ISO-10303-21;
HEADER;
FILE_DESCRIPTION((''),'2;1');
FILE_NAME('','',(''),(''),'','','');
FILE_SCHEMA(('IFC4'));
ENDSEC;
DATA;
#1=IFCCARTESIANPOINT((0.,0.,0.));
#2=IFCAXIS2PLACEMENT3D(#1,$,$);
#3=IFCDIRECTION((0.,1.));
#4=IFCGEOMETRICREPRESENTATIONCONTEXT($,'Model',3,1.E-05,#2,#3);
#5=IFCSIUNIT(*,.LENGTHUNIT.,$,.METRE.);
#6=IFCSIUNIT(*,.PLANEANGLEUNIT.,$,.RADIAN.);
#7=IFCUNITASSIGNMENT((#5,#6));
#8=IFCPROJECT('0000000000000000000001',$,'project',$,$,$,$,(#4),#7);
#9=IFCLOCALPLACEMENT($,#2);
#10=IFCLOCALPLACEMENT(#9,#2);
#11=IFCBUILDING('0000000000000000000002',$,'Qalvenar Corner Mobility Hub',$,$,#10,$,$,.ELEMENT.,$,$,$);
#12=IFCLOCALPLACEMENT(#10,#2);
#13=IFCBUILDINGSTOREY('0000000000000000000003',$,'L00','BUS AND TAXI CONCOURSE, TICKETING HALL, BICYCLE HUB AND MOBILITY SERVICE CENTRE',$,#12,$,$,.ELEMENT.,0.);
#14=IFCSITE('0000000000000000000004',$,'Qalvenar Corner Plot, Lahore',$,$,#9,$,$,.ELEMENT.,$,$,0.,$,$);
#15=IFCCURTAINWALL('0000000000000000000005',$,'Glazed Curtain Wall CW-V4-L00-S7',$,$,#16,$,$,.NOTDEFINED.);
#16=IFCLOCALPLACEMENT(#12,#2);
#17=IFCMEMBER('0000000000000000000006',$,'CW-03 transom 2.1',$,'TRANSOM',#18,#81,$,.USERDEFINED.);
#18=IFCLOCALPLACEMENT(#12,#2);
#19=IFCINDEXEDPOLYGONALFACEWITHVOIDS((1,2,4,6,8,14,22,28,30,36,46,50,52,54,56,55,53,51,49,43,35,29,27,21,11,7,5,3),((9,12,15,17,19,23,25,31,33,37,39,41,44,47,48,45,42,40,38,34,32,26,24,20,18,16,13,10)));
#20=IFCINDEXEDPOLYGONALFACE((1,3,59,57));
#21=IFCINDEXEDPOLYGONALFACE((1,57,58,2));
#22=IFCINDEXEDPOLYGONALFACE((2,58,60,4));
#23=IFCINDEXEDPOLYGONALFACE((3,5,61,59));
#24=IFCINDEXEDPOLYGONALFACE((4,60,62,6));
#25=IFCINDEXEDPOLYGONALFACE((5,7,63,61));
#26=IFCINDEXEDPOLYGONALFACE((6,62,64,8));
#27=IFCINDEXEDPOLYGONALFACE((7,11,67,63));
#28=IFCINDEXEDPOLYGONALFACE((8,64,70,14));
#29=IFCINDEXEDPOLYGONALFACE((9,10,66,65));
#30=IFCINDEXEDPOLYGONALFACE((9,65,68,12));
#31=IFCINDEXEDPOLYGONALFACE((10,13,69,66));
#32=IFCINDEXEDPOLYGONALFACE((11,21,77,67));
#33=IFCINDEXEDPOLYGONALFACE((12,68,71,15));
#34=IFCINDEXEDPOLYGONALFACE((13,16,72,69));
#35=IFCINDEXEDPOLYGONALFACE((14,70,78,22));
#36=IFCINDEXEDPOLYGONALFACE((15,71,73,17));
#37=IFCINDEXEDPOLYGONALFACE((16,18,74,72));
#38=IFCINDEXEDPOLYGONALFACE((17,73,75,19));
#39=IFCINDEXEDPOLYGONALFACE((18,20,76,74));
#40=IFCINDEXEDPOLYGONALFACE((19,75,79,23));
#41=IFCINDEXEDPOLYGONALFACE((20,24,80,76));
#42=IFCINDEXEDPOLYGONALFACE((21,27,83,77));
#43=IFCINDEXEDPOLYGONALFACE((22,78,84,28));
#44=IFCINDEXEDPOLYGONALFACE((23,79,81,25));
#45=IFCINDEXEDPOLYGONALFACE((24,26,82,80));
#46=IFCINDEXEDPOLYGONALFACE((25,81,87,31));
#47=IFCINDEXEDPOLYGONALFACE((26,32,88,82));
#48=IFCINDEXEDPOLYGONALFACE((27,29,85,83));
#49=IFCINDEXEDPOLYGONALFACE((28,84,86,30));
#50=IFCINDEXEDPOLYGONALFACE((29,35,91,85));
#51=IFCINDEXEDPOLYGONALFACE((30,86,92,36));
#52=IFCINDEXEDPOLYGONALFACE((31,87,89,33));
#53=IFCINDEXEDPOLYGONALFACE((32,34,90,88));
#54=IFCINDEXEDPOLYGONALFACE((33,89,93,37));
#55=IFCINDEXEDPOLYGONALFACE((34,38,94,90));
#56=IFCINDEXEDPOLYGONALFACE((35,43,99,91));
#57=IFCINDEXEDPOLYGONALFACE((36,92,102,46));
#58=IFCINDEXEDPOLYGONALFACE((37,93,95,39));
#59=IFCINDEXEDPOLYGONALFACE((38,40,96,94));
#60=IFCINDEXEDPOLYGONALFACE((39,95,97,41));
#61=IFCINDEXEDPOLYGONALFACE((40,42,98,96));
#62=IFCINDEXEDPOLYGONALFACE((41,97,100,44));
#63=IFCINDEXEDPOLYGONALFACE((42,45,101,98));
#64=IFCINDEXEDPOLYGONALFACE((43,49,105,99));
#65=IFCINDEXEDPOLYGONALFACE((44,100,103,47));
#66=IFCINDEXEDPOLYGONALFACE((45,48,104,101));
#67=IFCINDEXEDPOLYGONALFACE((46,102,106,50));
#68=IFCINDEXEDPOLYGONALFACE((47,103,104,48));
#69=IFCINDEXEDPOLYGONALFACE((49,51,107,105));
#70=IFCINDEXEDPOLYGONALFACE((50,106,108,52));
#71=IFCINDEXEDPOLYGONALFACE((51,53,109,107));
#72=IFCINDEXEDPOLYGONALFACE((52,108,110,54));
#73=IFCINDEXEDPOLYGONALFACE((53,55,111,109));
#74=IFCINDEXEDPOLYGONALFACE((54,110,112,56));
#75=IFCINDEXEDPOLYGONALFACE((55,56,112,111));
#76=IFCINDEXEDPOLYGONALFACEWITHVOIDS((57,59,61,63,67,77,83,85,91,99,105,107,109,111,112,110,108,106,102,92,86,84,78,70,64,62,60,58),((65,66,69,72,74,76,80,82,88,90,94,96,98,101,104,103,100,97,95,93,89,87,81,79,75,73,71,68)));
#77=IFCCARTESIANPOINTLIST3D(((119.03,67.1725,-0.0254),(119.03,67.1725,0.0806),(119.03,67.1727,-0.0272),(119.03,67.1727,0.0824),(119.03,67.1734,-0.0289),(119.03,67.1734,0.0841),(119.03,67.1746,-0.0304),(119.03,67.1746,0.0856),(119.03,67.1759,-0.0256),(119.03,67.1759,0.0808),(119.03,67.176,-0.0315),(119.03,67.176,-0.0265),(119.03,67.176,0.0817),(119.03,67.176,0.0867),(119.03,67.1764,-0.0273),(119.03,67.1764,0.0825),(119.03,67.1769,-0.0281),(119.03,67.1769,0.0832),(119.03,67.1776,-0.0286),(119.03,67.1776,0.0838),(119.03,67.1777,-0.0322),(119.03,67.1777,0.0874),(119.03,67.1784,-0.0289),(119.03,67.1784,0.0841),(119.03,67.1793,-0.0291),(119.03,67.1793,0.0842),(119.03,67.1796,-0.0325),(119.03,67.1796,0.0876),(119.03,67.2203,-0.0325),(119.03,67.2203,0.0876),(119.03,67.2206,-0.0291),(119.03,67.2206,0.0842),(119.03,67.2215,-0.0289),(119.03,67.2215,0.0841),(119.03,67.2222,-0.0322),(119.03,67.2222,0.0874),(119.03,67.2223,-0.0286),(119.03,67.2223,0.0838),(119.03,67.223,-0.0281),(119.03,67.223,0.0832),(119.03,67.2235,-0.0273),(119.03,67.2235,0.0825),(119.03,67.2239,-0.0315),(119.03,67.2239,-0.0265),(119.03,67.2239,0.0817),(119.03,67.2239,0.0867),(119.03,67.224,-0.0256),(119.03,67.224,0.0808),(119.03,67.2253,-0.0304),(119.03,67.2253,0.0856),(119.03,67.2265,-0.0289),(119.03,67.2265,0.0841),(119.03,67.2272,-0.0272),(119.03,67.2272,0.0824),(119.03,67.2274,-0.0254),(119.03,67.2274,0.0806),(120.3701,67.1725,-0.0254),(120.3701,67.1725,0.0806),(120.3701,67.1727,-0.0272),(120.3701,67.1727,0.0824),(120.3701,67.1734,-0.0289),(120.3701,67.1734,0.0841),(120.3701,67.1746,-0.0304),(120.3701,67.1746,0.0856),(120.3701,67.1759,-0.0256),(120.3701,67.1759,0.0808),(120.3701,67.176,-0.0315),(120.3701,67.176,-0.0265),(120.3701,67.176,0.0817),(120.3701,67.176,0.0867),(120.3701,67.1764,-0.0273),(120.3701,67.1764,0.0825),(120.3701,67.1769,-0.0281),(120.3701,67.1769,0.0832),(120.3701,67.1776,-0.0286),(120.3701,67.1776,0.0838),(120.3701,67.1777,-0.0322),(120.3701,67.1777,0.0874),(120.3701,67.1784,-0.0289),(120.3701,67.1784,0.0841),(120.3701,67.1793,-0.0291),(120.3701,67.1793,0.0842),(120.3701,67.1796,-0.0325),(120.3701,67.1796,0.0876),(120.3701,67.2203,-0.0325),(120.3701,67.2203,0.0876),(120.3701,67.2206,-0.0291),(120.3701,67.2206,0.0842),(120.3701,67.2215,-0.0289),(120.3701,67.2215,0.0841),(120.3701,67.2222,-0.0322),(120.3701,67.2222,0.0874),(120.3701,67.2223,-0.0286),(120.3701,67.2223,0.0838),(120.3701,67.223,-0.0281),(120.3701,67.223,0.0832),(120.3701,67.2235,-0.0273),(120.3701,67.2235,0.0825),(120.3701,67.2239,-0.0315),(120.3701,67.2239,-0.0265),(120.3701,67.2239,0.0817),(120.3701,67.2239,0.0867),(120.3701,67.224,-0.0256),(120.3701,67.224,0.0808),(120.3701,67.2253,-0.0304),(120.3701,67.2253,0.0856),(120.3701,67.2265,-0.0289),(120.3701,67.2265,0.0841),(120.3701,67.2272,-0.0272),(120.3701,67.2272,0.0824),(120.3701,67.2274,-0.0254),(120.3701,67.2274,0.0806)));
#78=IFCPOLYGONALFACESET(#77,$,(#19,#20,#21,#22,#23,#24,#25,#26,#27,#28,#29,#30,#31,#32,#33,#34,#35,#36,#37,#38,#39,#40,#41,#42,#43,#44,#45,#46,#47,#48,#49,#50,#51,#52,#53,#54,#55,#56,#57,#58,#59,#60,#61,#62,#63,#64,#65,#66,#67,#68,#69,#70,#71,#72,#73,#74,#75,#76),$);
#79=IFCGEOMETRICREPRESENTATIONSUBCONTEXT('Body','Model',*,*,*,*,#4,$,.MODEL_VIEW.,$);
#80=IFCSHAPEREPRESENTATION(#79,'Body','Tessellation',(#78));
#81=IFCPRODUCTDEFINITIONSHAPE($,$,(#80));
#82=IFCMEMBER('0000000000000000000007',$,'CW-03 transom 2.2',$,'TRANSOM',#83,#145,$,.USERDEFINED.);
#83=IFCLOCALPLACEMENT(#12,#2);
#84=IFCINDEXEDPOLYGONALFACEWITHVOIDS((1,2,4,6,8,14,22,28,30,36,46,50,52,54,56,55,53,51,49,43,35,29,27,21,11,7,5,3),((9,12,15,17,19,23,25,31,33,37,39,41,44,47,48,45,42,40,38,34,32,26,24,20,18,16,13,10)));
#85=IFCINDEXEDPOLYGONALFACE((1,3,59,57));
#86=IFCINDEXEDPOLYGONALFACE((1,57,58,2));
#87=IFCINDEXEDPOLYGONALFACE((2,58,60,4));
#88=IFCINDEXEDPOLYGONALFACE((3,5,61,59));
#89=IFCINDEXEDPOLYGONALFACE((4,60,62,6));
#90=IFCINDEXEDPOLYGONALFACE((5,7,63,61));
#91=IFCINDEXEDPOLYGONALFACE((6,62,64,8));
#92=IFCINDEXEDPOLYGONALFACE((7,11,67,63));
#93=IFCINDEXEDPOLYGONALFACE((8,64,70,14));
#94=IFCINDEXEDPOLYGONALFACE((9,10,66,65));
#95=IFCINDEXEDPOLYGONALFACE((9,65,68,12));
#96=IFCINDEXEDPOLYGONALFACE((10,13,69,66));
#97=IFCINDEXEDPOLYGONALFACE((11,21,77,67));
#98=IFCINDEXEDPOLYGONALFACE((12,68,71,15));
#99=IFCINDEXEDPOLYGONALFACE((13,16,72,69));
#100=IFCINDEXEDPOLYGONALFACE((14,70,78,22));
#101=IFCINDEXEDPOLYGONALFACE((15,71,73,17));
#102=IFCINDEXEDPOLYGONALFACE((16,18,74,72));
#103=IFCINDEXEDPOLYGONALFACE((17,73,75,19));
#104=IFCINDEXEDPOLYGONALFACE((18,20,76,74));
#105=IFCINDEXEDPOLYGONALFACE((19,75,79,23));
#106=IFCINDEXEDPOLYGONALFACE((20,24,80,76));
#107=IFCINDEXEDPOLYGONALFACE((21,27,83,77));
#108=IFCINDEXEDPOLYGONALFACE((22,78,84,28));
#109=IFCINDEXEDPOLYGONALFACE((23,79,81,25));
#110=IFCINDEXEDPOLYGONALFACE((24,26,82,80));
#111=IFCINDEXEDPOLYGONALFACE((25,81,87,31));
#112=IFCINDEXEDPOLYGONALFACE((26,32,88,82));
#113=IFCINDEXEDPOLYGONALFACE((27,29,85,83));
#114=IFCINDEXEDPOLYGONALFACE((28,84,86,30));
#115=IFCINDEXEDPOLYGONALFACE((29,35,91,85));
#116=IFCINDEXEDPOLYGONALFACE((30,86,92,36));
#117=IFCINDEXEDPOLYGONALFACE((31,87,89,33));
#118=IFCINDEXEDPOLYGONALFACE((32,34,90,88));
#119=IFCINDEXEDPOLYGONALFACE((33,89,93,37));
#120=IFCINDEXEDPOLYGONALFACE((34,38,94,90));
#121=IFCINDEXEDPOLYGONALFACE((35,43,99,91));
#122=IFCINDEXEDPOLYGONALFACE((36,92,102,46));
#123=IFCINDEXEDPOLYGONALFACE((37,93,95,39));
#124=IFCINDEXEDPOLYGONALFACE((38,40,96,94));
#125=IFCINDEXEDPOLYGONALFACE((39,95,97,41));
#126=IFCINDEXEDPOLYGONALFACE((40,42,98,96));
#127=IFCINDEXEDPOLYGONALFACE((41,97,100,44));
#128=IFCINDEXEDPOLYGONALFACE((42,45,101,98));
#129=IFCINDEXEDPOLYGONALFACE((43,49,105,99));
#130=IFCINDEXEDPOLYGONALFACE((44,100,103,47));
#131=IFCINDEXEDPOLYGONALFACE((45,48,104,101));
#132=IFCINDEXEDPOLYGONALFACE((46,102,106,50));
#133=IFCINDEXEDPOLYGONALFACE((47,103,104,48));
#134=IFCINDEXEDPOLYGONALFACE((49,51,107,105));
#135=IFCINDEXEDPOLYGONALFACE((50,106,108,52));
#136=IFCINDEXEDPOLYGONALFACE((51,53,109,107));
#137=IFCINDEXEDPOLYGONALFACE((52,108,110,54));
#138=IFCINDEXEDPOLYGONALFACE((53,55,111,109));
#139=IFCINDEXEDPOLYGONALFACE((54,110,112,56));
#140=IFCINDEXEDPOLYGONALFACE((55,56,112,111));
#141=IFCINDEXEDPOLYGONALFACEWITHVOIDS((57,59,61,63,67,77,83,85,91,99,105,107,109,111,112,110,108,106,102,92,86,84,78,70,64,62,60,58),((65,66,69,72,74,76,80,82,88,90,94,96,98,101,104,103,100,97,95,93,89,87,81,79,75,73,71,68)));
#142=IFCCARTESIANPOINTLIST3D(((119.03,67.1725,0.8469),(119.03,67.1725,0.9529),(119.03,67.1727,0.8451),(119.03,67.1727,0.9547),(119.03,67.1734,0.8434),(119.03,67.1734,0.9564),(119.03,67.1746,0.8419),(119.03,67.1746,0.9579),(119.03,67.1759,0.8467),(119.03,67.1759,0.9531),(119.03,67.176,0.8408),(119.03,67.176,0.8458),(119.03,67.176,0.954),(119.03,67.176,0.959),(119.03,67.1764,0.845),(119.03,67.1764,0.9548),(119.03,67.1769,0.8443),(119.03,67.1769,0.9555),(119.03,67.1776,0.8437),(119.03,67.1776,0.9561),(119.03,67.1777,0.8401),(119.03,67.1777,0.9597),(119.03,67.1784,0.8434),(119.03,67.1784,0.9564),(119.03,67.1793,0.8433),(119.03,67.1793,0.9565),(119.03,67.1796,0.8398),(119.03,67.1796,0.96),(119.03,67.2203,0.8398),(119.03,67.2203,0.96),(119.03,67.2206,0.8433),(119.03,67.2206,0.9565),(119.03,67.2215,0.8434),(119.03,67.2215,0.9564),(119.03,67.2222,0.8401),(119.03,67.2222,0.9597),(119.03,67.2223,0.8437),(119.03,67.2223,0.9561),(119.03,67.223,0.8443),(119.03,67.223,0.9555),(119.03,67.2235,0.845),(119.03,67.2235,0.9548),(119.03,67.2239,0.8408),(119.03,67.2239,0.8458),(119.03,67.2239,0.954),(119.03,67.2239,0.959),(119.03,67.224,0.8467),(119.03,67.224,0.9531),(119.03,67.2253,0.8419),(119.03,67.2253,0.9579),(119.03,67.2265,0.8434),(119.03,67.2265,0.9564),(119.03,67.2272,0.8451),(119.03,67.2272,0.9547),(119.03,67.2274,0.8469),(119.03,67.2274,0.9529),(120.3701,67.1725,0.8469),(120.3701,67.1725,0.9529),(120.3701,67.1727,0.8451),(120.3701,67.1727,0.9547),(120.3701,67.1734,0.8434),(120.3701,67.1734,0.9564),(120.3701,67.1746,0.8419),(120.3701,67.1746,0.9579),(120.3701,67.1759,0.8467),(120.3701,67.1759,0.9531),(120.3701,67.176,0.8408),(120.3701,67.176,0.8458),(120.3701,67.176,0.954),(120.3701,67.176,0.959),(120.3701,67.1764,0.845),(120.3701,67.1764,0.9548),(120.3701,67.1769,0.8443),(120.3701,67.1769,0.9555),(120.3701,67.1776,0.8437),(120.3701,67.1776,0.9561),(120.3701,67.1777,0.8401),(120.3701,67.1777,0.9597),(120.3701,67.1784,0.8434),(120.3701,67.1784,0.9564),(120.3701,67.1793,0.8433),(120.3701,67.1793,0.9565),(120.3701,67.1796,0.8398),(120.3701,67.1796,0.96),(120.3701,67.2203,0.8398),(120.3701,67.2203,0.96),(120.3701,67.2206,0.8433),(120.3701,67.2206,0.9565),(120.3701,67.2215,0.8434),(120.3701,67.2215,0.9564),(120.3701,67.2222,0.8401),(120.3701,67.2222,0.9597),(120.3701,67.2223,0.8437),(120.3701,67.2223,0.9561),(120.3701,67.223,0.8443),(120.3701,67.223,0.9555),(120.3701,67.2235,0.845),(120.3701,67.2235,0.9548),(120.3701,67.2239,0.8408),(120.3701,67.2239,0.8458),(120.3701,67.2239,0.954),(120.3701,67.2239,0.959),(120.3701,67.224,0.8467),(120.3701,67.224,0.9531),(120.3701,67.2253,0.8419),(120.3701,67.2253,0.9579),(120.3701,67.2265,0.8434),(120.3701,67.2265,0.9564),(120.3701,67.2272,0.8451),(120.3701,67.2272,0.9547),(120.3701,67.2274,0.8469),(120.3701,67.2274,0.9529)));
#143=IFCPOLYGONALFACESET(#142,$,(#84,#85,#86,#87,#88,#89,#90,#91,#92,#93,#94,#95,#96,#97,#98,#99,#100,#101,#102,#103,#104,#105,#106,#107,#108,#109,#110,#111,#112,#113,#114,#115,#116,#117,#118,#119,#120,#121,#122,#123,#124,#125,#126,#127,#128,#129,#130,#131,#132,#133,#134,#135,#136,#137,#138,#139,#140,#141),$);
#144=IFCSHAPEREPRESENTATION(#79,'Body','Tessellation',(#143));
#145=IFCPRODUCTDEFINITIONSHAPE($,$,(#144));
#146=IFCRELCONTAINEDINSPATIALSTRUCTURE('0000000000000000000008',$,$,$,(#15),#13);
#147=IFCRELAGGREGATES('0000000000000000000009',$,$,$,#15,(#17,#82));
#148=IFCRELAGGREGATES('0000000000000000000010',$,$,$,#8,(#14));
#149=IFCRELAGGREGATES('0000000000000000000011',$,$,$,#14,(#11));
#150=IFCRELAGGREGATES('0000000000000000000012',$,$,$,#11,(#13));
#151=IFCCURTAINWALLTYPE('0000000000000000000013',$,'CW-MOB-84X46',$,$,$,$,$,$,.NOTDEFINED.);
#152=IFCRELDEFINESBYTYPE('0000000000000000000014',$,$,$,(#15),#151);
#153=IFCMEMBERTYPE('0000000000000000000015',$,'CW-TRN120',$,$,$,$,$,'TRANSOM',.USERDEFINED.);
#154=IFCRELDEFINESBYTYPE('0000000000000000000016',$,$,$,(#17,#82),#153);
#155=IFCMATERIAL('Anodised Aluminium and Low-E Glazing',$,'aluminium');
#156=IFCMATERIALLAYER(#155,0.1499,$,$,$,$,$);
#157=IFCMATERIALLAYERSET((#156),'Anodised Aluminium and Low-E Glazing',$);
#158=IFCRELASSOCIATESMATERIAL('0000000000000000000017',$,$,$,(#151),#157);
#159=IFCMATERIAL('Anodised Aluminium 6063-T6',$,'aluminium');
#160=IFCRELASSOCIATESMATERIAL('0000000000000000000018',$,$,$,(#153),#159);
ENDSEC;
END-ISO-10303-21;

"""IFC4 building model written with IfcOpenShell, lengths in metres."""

from ifc_helpers import new_model, si_unit, direction, frame, origin, origin_2d, place, context, subcontext, project, spatial, hollow_rectangle, extrude, material, layer, layer_set, material_profile, profile_set, type_object, element, aggregate, save


model = new_model("IFC4")

# Units and contexts
model_context = context("Model", 3, precision=1e-05, world=origin(), true_north=direction((0.0, 1.0)))
body_context = subcontext(model_context, "Body", "Model", "MODEL_VIEW")
ifc_project = project(units=[si_unit("LENGTHUNIT", "METRE"), si_unit("PLANEANGLEUNIT", "RADIAN")], contexts=[model_context])

# Site, building, storey
site_placement = place(None, origin())
site = spatial("IfcSite", under=ifc_project, at=site_placement, Name="Qalvenar Corner Plot, Lahore", CompositionType="ELEMENT", RefElevation=0.0)
building_placement = place(site_placement, origin())
building = spatial("IfcBuilding", under=site, at=building_placement, Name="Qalvenar Corner Mobility Hub", CompositionType="ELEMENT")
storey_placement = place(building_placement, origin())
storey = spatial("IfcBuildingStorey", under=building, at=storey_placement, Name="L00", Description="BUS AND TAXI CONCOURSE, TICKETING HALL, BICYCLE HUB AND MOBILITY SERVICE CENTRE", CompositionType="ELEMENT", Elevation=0.0)

# Shared definitions
ifc_material_1 = material(Name="Anodised Aluminium and Low-E Glazing", Category="aluminium")
ifc_layer_1 = layer(ifc_material_1, 0.1499)
ifc_layer_set_1 = layer_set([ifc_layer_1], Name="Anodised Aluminium and Low-E Glazing")
curtain_wall_type = type_object("IfcCurtainWallType", Name="CW-MOB-84X46", PredefinedType="NOTDEFINED", material=ifc_layer_set_1)
ifc_material_2 = material(Name="Anodised Aluminium 6063-T6", Category="aluminium")

# Curtain wall, members
curtain_wall_1_placement = place(storey_placement, origin())
curtain_wall_1 = element("IfcCurtainWall", 1, at=curtain_wall_1_placement, inside=storey, type_object=curtain_wall_type, Name="Glazed Curtain Wall CW-V4-L00-S7", PredefinedType="NOTDEFINED")
ifc_material_profile_1 = material_profile(ifc_material_2, hollow_rectangle(XDim=0.0549, YDim=0.1201, WallThickness=0.0034, InnerFilletRadius=0.0034, OuterFilletRadius=0.0071, at=origin_2d()), Name="RHS120x55x3.5")
ifc_profile_set_1 = profile_set([ifc_material_profile_1], Name="Anodised Aluminium 6063-T6")
member_type_1 = type_object("IfcMemberType", Name="CW-TRN120", ElementType="TRANSOM", PredefinedType="USERDEFINED", material=ifc_profile_set_1)
member_1_placement = place(storey_placement, frame((119.03, 67.2, 0.0276), z_axis=(1.0, 0.0, 0.0), x_axis=(0.0, 1.0, 0.0)))
member_1 = element("IfcMember", 2, at=member_1_placement, type_object=member_type_1, Name="CW-03 transom 2.1", ObjectType="TRANSOM", PredefinedType="USERDEFINED", context=body_context, shape_type="SweptSolid", body=[
    extrude(hollow_rectangle(XDim=0.0549, YDim=0.1201, WallThickness=0.0034, InnerFilletRadius=0.0034, OuterFilletRadius=0.0071, at=origin_2d()), origin(), (0.0, 0.0, 1.0), 1.3401),
])
member_2_placement = place(storey_placement, frame((119.03, 67.2, 0.8999), z_axis=(1.0, 0.0, 0.0), x_axis=(0.0, 1.0, 0.0)))
member_2 = element("IfcMember", 3, at=member_2_placement, type_object=member_type_1, Name="CW-03 transom 2.2", ObjectType="TRANSOM", PredefinedType="USERDEFINED", context=body_context, shape_type="SweptSolid", body=[
    extrude(hollow_rectangle(XDim=0.0549, YDim=0.1201, WallThickness=0.0034, InnerFilletRadius=0.0034, OuterFilletRadius=0.0071, at=origin_2d()), origin(), (0.0, 0.0, 1.0), 1.3401),
])
aggregate(curtain_wall_1, [member_1, member_2])

save(model, "model.ifc")
